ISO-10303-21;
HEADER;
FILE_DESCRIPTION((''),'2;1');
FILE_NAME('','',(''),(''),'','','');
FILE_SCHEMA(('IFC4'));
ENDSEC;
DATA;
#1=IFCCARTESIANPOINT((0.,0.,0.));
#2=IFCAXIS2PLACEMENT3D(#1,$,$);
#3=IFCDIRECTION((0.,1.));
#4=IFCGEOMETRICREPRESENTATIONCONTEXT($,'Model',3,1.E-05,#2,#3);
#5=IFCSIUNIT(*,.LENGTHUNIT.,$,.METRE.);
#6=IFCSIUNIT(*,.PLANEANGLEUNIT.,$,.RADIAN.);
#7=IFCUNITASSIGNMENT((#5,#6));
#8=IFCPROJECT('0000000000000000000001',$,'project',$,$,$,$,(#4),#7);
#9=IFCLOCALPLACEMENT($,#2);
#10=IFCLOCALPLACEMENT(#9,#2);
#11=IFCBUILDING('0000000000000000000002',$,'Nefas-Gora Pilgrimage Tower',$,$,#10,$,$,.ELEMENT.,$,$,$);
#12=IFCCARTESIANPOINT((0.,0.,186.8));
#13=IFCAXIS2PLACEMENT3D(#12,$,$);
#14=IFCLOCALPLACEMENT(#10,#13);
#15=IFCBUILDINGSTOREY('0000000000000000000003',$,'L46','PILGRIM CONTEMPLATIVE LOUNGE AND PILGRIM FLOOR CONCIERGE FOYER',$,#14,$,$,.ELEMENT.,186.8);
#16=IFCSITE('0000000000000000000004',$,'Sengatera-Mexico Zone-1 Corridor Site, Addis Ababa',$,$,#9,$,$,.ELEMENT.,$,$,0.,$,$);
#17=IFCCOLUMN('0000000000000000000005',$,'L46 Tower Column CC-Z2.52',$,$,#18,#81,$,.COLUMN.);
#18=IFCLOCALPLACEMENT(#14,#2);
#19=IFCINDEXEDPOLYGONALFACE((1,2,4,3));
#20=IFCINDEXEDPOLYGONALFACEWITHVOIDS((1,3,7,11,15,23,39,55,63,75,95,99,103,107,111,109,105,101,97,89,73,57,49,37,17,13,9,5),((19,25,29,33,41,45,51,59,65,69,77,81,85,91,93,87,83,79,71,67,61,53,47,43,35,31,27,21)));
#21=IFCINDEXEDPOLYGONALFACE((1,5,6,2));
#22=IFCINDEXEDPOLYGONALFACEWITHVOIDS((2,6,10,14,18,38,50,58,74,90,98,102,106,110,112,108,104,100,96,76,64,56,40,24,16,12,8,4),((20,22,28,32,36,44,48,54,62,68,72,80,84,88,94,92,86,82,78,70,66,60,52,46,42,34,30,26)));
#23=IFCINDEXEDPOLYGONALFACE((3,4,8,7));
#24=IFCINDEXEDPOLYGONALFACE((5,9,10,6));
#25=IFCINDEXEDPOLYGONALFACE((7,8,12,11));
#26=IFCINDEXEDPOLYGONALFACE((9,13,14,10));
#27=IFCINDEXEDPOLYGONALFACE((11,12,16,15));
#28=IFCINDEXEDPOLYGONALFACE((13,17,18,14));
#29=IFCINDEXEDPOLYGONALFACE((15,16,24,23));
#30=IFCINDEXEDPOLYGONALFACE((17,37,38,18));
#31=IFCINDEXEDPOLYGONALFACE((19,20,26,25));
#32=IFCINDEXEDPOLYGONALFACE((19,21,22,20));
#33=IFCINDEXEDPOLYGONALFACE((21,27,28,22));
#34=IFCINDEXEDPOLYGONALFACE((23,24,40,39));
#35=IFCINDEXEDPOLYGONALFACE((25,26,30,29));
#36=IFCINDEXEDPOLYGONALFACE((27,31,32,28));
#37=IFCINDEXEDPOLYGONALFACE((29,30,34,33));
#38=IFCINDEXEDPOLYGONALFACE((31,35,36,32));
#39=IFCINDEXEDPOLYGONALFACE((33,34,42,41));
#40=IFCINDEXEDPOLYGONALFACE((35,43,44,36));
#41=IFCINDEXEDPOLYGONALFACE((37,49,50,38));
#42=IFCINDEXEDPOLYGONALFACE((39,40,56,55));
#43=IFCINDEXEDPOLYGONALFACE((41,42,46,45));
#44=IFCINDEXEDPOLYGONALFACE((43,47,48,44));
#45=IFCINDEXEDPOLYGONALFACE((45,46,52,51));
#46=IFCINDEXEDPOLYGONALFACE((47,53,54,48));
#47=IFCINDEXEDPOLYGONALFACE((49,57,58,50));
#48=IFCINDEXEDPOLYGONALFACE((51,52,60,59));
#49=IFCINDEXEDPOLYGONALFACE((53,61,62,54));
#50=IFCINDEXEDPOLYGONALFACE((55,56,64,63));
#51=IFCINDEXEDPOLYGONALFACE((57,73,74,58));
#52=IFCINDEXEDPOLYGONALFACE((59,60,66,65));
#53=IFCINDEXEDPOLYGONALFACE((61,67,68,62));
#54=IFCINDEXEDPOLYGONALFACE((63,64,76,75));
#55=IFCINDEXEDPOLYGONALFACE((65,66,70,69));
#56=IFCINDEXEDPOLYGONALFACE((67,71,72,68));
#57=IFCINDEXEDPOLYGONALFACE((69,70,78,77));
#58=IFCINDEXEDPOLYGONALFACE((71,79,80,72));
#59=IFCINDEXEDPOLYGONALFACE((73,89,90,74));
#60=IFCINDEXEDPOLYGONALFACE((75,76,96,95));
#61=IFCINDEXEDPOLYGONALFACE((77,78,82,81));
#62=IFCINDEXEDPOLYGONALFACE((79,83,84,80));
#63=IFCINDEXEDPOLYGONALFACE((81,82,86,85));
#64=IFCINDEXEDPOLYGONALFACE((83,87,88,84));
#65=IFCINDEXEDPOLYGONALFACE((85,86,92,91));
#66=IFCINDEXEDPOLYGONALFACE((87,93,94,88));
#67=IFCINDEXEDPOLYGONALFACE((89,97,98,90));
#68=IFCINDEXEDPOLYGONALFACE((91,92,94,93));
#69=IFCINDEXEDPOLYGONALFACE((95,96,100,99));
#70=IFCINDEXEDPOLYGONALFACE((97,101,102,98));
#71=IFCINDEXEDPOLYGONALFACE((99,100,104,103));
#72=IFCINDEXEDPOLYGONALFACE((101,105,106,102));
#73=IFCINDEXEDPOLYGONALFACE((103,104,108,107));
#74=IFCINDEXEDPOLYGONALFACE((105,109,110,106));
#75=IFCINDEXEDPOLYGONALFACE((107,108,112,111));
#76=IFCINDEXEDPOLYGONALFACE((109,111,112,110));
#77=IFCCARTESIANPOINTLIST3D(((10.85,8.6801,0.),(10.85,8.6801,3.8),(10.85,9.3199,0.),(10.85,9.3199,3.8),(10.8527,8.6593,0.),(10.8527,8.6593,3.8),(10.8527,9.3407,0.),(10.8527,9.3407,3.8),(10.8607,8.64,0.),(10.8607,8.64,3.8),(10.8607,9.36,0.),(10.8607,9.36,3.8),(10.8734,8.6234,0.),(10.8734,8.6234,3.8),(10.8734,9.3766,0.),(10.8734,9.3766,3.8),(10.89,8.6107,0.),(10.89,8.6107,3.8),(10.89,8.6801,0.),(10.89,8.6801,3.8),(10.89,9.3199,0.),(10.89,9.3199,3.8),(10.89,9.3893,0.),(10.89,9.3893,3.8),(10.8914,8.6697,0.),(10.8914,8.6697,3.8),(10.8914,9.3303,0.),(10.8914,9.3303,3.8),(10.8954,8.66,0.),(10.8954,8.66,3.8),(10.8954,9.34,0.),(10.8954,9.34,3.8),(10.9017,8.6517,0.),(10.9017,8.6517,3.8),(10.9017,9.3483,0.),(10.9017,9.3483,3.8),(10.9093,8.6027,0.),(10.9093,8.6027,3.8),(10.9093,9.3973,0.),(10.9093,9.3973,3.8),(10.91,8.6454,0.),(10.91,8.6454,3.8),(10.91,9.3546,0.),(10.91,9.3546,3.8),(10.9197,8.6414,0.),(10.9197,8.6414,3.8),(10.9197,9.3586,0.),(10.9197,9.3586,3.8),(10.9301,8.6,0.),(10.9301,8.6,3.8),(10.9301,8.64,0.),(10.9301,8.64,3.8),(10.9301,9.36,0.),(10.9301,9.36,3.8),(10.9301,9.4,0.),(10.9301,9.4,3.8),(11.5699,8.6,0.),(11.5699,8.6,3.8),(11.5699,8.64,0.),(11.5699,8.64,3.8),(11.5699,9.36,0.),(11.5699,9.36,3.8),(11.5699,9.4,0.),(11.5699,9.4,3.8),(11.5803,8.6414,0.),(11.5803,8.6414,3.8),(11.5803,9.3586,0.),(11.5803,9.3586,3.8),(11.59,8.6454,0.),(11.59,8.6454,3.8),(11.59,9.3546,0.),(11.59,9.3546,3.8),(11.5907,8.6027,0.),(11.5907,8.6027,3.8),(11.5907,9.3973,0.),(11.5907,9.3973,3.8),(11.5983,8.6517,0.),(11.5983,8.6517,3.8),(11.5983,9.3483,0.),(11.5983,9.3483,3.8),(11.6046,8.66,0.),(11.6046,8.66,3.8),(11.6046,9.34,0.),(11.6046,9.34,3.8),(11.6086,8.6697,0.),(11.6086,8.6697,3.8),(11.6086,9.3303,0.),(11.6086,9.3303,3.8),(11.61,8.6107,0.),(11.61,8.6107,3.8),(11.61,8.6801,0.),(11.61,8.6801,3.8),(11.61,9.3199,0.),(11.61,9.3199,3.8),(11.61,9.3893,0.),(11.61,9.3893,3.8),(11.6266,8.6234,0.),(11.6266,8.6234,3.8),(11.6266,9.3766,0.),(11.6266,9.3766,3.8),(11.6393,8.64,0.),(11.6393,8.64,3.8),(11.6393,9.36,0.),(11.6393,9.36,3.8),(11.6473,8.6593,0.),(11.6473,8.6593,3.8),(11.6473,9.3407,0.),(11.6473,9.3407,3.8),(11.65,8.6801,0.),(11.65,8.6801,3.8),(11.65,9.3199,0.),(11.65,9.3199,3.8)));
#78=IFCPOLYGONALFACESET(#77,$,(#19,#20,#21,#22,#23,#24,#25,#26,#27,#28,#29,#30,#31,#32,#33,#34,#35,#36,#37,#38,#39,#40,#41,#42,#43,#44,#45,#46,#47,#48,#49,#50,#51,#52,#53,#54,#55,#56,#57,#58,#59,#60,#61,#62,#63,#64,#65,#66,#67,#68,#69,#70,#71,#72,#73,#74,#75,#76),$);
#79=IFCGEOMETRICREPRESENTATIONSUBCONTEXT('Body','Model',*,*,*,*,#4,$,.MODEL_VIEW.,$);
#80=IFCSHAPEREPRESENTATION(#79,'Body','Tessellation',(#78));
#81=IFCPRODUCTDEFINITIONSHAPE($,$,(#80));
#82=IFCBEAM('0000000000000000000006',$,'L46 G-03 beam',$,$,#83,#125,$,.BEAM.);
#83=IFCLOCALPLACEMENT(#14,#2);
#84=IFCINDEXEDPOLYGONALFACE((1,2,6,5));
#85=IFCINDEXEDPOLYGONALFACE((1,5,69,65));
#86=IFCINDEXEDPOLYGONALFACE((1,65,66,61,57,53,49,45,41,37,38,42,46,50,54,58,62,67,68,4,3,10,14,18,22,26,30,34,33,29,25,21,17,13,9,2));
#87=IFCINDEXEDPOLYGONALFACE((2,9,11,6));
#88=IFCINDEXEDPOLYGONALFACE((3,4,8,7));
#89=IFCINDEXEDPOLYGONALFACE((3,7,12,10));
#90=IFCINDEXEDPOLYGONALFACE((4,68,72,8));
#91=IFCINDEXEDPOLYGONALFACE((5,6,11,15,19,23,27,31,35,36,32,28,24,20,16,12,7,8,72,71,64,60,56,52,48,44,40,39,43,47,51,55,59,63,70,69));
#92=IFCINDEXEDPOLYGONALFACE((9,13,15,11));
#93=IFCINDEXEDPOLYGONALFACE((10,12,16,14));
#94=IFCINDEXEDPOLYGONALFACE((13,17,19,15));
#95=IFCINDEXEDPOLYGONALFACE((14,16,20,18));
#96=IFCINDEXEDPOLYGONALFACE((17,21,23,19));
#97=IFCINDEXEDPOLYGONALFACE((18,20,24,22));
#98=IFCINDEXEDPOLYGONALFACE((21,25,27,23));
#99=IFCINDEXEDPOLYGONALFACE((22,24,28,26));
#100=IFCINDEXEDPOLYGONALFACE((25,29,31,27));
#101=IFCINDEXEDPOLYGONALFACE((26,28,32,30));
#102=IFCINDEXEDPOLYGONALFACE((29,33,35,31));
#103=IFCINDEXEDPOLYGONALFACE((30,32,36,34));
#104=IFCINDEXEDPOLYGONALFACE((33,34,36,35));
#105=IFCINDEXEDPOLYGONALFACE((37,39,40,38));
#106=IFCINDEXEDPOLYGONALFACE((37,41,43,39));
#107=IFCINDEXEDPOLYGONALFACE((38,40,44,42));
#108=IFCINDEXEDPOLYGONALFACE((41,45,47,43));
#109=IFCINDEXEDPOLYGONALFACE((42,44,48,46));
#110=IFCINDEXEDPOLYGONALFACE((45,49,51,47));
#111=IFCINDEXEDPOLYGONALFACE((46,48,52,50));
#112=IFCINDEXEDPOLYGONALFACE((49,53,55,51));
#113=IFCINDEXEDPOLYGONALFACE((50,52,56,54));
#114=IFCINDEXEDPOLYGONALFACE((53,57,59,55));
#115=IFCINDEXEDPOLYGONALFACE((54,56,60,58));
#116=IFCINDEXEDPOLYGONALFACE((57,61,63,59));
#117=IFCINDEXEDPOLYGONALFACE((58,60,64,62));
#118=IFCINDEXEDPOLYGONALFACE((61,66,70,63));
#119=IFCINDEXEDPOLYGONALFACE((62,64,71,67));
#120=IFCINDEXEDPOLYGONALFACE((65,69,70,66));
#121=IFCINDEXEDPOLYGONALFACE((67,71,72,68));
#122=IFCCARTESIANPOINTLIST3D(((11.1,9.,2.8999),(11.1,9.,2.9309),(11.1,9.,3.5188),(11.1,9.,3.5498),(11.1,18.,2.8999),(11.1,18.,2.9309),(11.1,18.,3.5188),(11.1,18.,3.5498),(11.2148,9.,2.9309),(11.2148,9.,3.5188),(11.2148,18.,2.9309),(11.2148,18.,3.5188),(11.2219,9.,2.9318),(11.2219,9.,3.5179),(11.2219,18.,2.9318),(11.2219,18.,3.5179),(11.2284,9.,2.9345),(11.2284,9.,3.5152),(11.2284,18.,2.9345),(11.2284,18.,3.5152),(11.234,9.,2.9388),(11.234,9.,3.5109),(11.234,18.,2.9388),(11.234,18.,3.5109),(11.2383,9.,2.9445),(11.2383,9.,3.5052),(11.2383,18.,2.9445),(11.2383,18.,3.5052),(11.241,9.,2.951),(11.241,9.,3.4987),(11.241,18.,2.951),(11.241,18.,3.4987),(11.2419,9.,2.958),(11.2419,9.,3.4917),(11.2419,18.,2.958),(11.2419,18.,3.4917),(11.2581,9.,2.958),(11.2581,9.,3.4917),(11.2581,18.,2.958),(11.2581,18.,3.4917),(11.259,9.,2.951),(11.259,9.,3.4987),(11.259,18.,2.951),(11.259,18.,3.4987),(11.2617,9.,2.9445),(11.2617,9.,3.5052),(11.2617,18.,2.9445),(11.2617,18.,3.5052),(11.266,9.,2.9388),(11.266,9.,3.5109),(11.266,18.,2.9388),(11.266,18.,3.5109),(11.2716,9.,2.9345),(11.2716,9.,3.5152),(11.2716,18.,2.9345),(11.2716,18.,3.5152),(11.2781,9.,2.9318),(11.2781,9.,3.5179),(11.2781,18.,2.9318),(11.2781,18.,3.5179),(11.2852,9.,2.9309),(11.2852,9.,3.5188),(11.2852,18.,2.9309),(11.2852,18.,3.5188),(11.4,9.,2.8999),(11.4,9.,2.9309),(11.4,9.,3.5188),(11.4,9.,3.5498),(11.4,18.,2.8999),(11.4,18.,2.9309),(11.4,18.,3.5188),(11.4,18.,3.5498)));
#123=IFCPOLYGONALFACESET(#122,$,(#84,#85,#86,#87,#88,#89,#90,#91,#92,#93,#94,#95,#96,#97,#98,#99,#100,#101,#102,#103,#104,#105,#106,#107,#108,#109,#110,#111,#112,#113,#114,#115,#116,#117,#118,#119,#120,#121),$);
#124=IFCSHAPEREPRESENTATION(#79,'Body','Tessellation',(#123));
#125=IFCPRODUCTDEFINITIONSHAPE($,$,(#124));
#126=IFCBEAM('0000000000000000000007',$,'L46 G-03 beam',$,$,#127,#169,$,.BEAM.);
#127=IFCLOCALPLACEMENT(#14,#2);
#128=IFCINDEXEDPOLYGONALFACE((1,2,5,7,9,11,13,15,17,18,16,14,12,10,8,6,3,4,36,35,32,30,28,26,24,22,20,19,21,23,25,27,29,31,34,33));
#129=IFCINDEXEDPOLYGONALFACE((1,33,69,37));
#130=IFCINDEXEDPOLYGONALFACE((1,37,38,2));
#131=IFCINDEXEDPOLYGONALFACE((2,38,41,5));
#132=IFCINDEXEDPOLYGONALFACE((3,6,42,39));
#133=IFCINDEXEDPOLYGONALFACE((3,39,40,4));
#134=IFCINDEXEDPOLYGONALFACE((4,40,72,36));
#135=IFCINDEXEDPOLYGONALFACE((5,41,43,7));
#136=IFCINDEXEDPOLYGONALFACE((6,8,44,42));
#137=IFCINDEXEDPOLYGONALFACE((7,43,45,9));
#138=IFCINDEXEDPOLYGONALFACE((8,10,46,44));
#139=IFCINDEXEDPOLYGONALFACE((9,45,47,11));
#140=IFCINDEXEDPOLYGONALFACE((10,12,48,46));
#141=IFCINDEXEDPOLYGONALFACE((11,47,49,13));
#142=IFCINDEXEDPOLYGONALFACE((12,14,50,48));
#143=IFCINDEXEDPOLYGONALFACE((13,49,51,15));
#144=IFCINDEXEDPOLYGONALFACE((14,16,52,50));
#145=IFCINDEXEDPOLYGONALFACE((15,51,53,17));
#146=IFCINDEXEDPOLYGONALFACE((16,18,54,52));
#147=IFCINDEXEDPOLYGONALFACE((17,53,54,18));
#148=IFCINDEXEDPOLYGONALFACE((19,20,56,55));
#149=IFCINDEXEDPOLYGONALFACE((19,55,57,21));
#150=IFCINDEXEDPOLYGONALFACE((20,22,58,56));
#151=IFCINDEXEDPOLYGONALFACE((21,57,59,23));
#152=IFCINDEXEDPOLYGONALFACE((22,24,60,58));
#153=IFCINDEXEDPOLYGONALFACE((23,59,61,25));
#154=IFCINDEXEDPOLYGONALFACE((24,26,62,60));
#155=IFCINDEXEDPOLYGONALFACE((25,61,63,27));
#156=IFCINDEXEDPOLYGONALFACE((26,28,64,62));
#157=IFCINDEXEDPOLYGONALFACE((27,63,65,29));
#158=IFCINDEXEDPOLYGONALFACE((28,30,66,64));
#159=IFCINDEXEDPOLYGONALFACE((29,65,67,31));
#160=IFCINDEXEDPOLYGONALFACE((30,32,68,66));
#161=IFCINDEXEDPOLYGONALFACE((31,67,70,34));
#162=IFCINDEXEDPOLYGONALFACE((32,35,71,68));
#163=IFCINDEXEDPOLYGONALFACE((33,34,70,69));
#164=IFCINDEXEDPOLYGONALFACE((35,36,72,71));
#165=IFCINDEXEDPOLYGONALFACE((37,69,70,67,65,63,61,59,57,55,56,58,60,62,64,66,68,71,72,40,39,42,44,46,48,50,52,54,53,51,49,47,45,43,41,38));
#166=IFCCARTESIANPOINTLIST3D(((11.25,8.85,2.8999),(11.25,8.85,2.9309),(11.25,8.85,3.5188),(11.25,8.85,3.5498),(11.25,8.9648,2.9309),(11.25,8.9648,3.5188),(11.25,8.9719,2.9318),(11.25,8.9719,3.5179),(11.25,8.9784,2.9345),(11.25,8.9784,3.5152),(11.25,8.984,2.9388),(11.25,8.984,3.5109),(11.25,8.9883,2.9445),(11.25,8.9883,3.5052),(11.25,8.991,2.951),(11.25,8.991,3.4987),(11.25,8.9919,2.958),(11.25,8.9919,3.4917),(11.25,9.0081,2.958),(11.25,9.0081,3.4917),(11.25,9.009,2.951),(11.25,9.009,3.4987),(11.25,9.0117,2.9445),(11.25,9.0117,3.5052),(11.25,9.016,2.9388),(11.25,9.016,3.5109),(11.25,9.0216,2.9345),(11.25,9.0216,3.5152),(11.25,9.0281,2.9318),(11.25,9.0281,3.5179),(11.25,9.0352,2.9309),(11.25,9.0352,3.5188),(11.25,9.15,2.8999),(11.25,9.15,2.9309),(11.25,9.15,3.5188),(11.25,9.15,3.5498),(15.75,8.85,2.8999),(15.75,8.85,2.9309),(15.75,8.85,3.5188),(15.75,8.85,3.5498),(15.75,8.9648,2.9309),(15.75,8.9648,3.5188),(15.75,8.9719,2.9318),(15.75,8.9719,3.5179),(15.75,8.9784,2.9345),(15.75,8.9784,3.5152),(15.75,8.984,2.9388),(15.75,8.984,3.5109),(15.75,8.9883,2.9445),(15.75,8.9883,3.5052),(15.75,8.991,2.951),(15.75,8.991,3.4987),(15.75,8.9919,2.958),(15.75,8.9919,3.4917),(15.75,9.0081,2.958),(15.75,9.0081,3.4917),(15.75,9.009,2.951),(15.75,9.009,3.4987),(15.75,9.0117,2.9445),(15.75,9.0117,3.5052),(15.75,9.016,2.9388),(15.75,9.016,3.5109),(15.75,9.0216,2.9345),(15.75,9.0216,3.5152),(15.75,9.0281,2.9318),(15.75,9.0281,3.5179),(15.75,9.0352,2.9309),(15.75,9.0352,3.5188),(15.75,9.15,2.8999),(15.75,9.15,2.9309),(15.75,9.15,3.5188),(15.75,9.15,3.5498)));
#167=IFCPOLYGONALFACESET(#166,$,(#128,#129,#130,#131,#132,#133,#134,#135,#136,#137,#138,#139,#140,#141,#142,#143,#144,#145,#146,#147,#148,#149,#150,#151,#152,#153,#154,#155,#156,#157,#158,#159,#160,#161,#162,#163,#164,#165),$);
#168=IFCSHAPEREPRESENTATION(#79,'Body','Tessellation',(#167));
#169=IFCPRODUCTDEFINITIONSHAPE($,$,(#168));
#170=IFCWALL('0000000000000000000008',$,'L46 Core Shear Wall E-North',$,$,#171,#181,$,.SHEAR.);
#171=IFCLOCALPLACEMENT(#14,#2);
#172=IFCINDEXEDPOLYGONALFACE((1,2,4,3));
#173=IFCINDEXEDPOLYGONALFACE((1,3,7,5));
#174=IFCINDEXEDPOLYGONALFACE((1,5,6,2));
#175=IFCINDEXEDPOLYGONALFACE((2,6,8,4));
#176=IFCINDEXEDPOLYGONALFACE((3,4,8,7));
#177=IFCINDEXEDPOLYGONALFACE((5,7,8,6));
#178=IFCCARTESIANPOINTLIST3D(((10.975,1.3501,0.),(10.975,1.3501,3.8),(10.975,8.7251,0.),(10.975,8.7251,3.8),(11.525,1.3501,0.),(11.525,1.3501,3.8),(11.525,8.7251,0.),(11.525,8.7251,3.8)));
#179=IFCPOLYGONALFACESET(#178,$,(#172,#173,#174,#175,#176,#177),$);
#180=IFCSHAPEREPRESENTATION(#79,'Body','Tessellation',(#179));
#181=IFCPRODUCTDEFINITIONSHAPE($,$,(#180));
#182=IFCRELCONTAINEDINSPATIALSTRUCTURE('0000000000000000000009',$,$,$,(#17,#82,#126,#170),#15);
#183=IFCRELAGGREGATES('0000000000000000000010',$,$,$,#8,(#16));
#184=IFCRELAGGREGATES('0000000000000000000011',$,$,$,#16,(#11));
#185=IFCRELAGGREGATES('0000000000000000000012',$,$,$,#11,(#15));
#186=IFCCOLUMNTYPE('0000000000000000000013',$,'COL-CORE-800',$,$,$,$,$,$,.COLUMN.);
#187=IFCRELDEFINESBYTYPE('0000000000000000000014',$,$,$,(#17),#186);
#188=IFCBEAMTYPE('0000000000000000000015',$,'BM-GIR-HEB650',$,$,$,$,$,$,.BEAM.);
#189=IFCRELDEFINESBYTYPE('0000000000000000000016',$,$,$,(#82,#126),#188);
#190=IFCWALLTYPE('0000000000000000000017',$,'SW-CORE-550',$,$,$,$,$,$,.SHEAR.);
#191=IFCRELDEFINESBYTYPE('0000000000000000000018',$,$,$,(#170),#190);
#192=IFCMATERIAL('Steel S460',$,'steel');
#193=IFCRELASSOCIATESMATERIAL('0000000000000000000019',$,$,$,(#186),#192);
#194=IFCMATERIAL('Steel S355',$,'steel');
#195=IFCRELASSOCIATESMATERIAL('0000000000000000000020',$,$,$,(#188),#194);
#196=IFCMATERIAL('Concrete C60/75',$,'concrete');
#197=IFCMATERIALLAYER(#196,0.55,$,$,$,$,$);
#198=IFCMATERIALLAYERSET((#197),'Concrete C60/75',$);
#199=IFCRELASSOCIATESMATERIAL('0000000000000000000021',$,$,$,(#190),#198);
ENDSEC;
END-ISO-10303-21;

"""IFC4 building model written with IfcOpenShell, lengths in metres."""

from ifc_helpers import new_model, si_unit, direction, frame, frame_2d, origin, origin_2d, place, context, subcontext, project, spatial, rectangle, hollow_rectangle, i_section, extrude, source, transform, mapped, material, layer, layer_set, material_profile, profile_set, type_object, element, save


model = new_model("IFC4")

# Units and contexts
model_context = context("Model", 3, precision=1e-05, world=origin(), true_north=direction((0.0, 1.0)))
body_context = subcontext(model_context, "Body", "Model", "MODEL_VIEW")
ifc_project = project(units=[si_unit("LENGTHUNIT", "METRE"), si_unit("PLANEANGLEUNIT", "RADIAN")], contexts=[model_context])

# Site, building, storey
site_placement = place(None, origin())
site = spatial("IfcSite", under=ifc_project, at=site_placement, Name="Sengatera-Mexico Zone-1 Corridor Site, Addis Ababa", CompositionType="ELEMENT", RefElevation=0.0)
building_placement = place(site_placement, origin())
building = spatial("IfcBuilding", under=site, at=building_placement, Name="Nefas-Gora Pilgrimage Tower", CompositionType="ELEMENT")
storey_placement = place(building_placement, frame((0.0, 0.0, 186.8)))
storey = spatial("IfcBuildingStorey", under=building, at=storey_placement, Name="L46", Description="PILGRIM CONTEMPLATIVE LOUNGE AND PILGRIM FLOOR CONCIERGE FOYER", CompositionType="ELEMENT", Elevation=186.8)

# Column
ifc_material_1 = material(Name="Steel S460", Category="steel")
ifc_material_profile_1 = material_profile(ifc_material_1, hollow_rectangle(XDim=0.8, YDim=0.8, WallThickness=0.04, InnerFilletRadius=0.04, OuterFilletRadius=0.0801, at=origin_2d()), Name="BOX 800x800x40")
ifc_profile_set_1 = profile_set([ifc_material_profile_1], Name="Steel S460")
column_type = type_object("IfcColumnType", Name="COL-CORE-800", PredefinedType="COLUMN", material=ifc_profile_set_1)
shared_shape_1 = source(origin(), body_context, "Body", "SweptSolid", [
    extrude(hollow_rectangle(XDim=0.8, YDim=0.8, WallThickness=0.04, InnerFilletRadius=0.04, OuterFilletRadius=0.0801, at=origin_2d()), origin(), (0.0, 0.0, 1.0), 3.8),
])
column_placement = place(storey_placement, frame((11.25, 9.0, 0.0), z_axis=(0.0, 0.0, 1.0), x_axis=(1.0, 0.0, 0.0)))
element("IfcColumn", 1, at=column_placement, inside=storey, type_object=column_type, Name="L46 Tower Column CC-Z2.52", PredefinedType="COLUMN", context=body_context, shape_type="MappedRepresentation", body=[
    mapped(shared_shape_1, transform((0.0, 0.0, 0.0), x_axis=(1.0, 0.0, 0.0), y_axis=(0.0, 1.0, 0.0), z_axis=(0.0, 0.0, 1.0), scale=1.0)),
])

# Beams
ifc_material_2 = material(Name="Steel S355", Category="steel")
ifc_material_profile_2 = material_profile(ifc_material_2, i_section(OverallWidth=0.3, OverallDepth=0.6499, WebThickness=0.0161, FlangeThickness=0.031, FilletRadius=0.0271, at=origin_2d()), Name="HEB 650")
ifc_profile_set_2 = profile_set([ifc_material_profile_2], Name="Steel S355")
beam_type = type_object("IfcBeamType", Name="BM-GIR-HEB650", PredefinedType="BEAM", material=ifc_profile_set_2)
shared_shape_2 = source(origin(), body_context, "Body", "SweptSolid", [
    extrude(i_section(OverallWidth=0.3, OverallDepth=0.6499, WebThickness=0.0161, FlangeThickness=0.031, FilletRadius=0.0271, at=origin_2d()), origin(), (0.0, 0.0, 1.0), 9.0),
])
beam_1_placement = place(storey_placement, frame((11.25, 9.0, 3.2249), z_axis=(0.0, 1.0, 0.0), x_axis=(-1.0, 0.0, 0.0)))
element("IfcBeam", 2, at=beam_1_placement, inside=storey, type_object=beam_type, Name="L46 G-03 beam", PredefinedType="BEAM", context=body_context, shape_type="MappedRepresentation", body=[
    mapped(shared_shape_2, transform((0.0, 0.0, 0.0), x_axis=(1.0, 0.0, 0.0), y_axis=(0.0, 1.0, 0.0), z_axis=(0.0, 0.0, 1.0), scale=1.0)),
])
shared_shape_3 = source(origin(), body_context, "Body", "SweptSolid", [
    extrude(i_section(OverallWidth=0.3, OverallDepth=0.6499, WebThickness=0.0161, FlangeThickness=0.031, FilletRadius=0.0271, at=origin_2d()), origin(), (0.0, 0.0, 1.0), 4.5),
])
beam_2_placement = place(storey_placement, frame((11.25, 9.0, 3.2249), z_axis=(1.0, 0.0, 0.0), x_axis=(0.0, 1.0, 0.0)))
element("IfcBeam", 3, at=beam_2_placement, inside=storey, type_object=beam_type, Name="L46 G-03 beam", PredefinedType="BEAM", context=body_context, shape_type="MappedRepresentation", body=[
    mapped(shared_shape_3, transform((0.0, 0.0, 0.0), x_axis=(1.0, 0.0, 0.0), y_axis=(0.0, 1.0, 0.0), z_axis=(0.0, 0.0, 1.0), scale=1.0)),
])

# Wall
ifc_material_3 = material(Name="Concrete C60/75", Category="concrete")
ifc_layer_1 = layer(ifc_material_3, 0.55)
ifc_layer_set_1 = layer_set([ifc_layer_1], Name="Concrete C60/75")
wall_type_1 = type_object("IfcWallType", Name="SW-CORE-550", PredefinedType="SHEAR", material=ifc_layer_set_1)
shared_shape_4 = source(origin(), body_context, "Body", "SweptSolid", [
    extrude(rectangle(XDim=7.375, YDim=0.55, at=frame_2d((3.6875, 0.0))), origin(), (0.0, 0.0, 1.0), 3.8),
])
wall_1_placement = place(storey_placement, frame((11.25, 1.3501, 0.0), z_axis=(0.0, 0.0, 1.0), x_axis=(0.0, 1.0, 0.0)))
element("IfcWall", 4, at=wall_1_placement, inside=storey, type_object=wall_type_1, Name="L46 Core Shear Wall E-North", PredefinedType="SHEAR", context=body_context, shape_type="MappedRepresentation", body=[
    mapped(shared_shape_4, transform((0.0, 0.0, 0.0), x_axis=(1.0, 0.0, 0.0), y_axis=(0.0, 1.0, 0.0), z_axis=(0.0, 0.0, 1.0), scale=1.0)),
])

save(model, "model.ifc")
